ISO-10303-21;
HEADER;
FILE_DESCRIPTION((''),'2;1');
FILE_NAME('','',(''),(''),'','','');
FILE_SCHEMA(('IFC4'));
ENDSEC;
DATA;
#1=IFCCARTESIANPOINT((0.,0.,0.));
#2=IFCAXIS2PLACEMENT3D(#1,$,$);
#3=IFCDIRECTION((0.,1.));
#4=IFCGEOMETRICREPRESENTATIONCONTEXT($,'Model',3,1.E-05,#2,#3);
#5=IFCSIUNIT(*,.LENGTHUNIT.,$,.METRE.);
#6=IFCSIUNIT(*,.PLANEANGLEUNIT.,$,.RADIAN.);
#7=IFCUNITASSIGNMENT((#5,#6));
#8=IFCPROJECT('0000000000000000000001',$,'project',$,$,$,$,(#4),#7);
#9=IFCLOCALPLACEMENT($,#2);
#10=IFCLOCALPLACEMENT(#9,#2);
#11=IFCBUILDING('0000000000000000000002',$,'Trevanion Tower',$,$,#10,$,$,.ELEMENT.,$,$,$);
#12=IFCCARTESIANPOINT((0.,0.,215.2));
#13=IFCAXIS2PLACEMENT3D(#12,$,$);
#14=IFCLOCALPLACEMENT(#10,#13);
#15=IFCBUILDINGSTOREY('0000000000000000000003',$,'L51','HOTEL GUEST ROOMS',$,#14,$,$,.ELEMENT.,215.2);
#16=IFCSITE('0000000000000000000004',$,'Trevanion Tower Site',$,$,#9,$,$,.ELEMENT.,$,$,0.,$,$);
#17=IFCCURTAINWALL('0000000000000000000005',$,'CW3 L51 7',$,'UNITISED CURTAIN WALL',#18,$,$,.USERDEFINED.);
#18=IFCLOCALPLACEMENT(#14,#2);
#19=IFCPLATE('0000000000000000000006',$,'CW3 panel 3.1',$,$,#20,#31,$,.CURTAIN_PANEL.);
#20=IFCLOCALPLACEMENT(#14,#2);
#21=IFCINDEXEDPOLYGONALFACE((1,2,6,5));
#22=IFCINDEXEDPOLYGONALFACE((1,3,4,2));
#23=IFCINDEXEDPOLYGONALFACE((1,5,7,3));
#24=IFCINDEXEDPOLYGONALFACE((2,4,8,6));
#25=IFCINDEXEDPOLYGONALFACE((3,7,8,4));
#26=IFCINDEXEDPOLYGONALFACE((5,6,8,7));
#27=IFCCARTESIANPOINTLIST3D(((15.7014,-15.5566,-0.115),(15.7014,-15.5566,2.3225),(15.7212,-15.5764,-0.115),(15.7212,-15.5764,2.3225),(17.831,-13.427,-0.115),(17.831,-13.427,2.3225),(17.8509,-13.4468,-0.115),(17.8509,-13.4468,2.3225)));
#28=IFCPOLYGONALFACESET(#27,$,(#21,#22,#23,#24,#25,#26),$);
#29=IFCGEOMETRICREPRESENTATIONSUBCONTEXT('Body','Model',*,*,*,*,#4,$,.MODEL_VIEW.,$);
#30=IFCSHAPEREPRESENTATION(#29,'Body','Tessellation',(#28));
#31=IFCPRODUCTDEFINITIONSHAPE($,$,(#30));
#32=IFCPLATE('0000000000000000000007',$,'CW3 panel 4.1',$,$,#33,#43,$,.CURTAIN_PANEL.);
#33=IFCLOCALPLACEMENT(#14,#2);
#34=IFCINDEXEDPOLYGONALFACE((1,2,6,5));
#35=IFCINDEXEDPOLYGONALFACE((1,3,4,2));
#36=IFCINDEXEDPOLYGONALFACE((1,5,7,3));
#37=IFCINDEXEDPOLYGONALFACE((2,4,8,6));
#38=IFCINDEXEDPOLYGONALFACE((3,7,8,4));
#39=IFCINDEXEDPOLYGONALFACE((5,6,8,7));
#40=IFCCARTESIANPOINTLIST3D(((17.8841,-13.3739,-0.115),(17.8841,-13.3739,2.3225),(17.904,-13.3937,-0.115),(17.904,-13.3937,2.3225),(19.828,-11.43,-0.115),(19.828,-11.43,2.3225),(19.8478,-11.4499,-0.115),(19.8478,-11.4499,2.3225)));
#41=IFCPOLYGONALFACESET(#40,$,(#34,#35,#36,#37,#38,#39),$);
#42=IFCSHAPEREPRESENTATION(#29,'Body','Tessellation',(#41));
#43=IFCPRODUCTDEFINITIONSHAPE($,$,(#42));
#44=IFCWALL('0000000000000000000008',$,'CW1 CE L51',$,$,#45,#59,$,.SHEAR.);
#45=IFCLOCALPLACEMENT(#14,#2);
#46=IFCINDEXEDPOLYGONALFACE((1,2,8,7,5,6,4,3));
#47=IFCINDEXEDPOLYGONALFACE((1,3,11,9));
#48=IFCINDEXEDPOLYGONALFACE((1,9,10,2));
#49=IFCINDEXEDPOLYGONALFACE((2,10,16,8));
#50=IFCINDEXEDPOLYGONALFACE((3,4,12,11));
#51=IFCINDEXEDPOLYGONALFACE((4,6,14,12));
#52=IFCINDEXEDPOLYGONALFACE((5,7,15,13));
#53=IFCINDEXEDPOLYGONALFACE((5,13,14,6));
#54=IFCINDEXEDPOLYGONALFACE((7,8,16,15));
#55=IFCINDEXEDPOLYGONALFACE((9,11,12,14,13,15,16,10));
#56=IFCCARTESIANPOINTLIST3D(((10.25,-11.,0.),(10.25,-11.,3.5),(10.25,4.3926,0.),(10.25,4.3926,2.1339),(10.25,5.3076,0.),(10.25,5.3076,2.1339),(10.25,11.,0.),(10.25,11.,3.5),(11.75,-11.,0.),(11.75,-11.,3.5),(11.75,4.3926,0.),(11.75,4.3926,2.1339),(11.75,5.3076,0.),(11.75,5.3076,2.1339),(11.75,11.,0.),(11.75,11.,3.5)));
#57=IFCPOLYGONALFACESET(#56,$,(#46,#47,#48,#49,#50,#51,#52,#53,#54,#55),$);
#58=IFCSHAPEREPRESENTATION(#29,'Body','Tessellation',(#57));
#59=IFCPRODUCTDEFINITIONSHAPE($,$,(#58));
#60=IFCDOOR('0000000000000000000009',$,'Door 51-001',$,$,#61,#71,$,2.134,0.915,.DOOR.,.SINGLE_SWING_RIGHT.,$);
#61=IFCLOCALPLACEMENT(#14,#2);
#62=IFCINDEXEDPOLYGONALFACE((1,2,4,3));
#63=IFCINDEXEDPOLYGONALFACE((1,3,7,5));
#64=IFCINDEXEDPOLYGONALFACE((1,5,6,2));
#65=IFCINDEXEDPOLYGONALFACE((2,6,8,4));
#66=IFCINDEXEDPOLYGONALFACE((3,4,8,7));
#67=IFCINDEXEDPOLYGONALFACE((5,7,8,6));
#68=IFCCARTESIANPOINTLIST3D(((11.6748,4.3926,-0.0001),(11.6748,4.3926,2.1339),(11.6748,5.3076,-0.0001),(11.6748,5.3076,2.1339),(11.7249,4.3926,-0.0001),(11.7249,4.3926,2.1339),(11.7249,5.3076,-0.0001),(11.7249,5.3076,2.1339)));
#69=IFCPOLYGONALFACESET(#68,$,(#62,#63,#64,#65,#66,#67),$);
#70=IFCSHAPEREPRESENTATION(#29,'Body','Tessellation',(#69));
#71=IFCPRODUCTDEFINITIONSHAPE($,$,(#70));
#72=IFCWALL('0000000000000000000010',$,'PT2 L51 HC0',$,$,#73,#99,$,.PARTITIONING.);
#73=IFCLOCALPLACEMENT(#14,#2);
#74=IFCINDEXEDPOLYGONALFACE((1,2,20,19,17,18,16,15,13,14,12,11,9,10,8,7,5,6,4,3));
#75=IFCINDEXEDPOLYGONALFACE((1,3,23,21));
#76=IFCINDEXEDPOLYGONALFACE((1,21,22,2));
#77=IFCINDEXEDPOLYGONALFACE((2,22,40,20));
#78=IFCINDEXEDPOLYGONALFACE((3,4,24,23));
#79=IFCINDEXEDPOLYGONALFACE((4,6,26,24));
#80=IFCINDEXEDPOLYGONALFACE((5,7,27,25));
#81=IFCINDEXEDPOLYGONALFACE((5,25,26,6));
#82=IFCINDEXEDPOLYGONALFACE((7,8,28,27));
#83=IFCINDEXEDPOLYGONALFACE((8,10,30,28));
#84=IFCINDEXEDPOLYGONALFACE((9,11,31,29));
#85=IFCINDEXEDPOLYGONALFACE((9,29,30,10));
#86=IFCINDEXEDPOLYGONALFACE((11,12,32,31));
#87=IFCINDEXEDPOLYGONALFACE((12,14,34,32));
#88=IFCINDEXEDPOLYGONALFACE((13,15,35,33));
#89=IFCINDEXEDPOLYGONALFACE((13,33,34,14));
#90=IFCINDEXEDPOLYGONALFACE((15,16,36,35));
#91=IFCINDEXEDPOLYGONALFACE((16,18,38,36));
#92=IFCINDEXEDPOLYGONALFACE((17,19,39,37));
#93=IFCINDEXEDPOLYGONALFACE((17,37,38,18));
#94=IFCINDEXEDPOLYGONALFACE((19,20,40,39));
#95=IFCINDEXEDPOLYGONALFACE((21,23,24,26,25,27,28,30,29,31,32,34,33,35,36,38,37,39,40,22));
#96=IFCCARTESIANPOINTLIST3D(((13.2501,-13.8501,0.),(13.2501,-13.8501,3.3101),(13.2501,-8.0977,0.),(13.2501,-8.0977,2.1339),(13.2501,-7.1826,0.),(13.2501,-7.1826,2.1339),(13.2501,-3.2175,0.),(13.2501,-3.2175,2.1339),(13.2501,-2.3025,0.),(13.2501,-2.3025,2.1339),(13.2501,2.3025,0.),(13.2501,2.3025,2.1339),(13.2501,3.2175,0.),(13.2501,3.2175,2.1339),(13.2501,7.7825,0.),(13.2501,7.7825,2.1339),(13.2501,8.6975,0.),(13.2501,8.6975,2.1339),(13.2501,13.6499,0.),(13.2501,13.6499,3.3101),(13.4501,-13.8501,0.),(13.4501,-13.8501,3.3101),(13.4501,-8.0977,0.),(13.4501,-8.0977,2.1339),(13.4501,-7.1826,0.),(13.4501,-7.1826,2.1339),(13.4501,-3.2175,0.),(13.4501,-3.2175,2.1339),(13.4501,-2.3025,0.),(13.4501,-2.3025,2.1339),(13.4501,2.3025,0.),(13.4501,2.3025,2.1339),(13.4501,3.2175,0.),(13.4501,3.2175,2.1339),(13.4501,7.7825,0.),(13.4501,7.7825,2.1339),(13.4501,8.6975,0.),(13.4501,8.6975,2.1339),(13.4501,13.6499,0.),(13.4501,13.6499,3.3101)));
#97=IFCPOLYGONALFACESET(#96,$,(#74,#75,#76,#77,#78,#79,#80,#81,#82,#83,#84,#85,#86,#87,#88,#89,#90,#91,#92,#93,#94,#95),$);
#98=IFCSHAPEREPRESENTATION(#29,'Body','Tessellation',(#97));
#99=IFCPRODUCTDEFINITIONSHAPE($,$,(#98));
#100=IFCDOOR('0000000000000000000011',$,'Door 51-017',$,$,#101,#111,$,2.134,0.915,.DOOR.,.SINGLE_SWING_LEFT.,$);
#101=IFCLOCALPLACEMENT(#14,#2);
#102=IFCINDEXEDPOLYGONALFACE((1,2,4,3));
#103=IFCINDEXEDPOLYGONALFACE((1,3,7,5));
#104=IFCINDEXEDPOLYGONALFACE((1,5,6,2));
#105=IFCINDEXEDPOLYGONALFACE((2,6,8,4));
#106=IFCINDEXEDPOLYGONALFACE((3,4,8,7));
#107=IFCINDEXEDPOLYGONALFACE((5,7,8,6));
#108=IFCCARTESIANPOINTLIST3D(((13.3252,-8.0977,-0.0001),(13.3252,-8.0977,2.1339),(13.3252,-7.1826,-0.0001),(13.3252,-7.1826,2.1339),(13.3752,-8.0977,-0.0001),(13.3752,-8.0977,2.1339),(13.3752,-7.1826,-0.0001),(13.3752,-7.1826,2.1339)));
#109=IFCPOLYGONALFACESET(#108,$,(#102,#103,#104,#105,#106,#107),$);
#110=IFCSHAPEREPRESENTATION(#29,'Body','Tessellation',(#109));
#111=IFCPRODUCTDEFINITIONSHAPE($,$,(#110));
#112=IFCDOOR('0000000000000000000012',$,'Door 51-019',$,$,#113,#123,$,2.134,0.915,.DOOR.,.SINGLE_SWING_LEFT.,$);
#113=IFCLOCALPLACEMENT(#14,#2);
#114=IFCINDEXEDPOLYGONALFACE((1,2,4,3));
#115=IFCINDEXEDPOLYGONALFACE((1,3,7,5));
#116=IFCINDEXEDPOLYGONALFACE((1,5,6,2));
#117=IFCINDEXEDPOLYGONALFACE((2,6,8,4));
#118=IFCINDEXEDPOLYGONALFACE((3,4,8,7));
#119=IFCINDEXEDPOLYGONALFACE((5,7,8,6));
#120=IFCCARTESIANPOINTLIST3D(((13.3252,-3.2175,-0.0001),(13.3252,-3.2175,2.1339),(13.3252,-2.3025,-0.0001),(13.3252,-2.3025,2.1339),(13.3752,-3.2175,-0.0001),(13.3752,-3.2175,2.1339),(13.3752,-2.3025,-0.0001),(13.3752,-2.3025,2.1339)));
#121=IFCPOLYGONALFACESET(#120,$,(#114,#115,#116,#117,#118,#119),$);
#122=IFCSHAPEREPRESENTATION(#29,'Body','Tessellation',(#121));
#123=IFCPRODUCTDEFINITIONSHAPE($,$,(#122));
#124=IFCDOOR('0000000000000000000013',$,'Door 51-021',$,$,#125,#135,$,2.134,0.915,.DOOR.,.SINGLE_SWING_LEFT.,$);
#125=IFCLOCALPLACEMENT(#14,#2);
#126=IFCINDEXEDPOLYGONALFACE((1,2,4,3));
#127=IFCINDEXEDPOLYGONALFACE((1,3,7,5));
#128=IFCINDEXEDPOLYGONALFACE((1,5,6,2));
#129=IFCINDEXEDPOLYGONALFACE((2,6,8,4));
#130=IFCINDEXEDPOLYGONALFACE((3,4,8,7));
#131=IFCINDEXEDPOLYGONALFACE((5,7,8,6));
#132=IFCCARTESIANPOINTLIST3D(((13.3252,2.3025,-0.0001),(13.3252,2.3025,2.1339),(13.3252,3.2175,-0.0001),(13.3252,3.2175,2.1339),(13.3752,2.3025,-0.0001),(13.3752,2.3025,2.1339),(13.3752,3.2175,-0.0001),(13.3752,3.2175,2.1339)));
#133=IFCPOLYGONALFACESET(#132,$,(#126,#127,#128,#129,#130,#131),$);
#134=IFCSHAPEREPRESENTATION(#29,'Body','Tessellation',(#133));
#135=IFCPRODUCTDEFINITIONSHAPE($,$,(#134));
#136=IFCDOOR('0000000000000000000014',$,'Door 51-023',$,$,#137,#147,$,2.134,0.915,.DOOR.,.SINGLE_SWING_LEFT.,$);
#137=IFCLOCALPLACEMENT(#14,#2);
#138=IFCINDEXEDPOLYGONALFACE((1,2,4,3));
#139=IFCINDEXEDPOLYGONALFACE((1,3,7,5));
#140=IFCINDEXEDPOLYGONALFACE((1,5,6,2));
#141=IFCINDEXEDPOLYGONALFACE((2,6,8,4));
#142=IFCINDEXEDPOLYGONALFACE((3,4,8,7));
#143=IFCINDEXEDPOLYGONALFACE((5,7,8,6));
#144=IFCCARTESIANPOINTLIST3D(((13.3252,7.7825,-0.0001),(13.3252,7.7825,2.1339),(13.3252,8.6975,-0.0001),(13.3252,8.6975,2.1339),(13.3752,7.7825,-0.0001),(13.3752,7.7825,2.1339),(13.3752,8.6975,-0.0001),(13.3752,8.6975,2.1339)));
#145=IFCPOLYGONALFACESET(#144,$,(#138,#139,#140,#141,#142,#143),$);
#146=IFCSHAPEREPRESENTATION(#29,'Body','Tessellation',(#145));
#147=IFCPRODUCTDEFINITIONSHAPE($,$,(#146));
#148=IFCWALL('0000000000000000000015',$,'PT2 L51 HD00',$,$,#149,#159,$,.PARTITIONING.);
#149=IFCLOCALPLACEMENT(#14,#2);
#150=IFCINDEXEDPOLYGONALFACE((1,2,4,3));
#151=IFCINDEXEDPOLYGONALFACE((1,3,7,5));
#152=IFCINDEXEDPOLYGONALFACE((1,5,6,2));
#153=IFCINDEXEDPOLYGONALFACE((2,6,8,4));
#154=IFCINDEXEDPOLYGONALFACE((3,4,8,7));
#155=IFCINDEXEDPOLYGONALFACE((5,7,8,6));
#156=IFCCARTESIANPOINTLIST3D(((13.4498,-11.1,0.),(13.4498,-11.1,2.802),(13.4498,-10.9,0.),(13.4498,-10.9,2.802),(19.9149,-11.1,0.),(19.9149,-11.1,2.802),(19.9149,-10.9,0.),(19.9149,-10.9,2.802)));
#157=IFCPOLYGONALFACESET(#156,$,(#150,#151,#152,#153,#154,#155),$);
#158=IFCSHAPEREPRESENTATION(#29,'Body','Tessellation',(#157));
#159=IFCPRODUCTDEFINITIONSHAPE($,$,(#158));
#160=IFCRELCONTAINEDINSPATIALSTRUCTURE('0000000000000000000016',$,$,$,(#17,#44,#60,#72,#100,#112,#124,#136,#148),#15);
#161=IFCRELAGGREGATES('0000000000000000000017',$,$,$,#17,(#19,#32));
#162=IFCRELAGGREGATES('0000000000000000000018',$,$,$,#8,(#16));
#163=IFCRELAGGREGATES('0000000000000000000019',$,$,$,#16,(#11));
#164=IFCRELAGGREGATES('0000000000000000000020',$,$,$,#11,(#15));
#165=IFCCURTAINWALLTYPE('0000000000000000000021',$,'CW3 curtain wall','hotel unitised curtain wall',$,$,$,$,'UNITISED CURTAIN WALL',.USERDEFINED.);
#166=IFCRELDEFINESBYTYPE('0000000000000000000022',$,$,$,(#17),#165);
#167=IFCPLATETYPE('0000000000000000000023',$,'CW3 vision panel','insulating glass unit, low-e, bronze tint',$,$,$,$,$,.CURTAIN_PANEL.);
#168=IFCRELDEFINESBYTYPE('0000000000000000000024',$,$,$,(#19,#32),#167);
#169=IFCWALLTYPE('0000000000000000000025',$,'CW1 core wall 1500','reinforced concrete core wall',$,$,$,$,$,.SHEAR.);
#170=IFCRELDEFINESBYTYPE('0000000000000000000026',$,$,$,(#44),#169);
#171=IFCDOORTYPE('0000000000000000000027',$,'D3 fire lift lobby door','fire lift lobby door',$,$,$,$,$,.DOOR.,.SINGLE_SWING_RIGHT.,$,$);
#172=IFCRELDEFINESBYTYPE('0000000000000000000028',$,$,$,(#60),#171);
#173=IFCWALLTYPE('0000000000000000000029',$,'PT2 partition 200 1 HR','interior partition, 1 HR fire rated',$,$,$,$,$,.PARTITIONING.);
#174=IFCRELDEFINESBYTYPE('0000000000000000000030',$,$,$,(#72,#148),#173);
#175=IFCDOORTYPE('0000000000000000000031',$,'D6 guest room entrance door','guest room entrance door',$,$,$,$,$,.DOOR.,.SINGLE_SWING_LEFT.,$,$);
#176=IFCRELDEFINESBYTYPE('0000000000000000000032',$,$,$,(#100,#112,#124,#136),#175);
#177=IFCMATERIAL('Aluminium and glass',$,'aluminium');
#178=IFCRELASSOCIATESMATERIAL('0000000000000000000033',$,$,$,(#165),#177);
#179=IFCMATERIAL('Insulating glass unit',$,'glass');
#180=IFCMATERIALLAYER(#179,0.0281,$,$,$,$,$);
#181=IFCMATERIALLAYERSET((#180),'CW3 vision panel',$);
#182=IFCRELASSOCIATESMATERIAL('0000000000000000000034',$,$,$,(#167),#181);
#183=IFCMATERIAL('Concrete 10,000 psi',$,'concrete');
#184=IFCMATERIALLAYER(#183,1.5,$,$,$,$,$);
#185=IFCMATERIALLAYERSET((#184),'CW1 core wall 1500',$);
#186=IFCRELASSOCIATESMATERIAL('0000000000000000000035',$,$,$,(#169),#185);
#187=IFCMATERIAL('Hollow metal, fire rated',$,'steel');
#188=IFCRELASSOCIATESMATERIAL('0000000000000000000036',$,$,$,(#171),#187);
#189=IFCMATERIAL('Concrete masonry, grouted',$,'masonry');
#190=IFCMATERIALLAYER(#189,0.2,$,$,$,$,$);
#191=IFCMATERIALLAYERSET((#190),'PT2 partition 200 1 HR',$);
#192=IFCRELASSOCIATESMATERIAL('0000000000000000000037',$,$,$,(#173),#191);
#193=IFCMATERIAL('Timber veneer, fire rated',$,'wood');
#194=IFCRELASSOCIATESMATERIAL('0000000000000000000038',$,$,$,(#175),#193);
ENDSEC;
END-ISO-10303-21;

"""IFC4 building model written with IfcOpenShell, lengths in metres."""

from ifc_helpers import new_model, si_unit, direction, frame, frame_2d, origin, origin_2d, place, context, subcontext, project, spatial, rectangle, extrude, material, layer, layer_set, type_object, element, fill, aggregate, save


model = new_model("IFC4")

# Units and contexts
model_context = context("Model", 3, precision=1e-05, world=origin(), true_north=direction((0.0, 1.0)))
body_context = subcontext(model_context, "Body", "Model", "MODEL_VIEW")
ifc_project = project(units=[si_unit("LENGTHUNIT", "METRE"), si_unit("PLANEANGLEUNIT", "RADIAN")], contexts=[model_context])

# Site, building, storey
site_placement = place(None, origin())
site = spatial("IfcSite", under=ifc_project, at=site_placement, Name="Trevanion Tower Site", CompositionType="ELEMENT", RefElevation=0.0)
building_placement = place(site_placement, origin())
building = spatial("IfcBuilding", under=site, at=building_placement, Name="Trevanion Tower", CompositionType="ELEMENT")
storey_placement = place(building_placement, frame((0.0, 0.0, 215.2)))
storey = spatial("IfcBuildingStorey", under=building, at=storey_placement, Name="L51", Description="HOTEL GUEST ROOMS", CompositionType="ELEMENT", Elevation=215.2)

# Curtain wall
ifc_material_1 = material(Name="Aluminium and glass", Category="aluminium")
curtain_wall_type = type_object("IfcCurtainWallType", Name="CW3 curtain wall", Description="hotel unitised curtain wall", ElementType="UNITISED CURTAIN WALL", PredefinedType="USERDEFINED", material=ifc_material_1)
curtain_wall_1_placement = place(storey_placement, origin())
curtain_wall_1 = element("IfcCurtainWall", 1, at=curtain_wall_1_placement, inside=storey, type_object=curtain_wall_type, Name="CW3 L51 7", ObjectType="UNITISED CURTAIN WALL", PredefinedType="USERDEFINED")

# Plates
ifc_material_2 = material(Name="Insulating glass unit", Category="glass")
ifc_layer_1 = layer(ifc_material_2, 0.0281)
ifc_layer_set_1 = layer_set([ifc_layer_1], Name="CW3 vision panel")
plate_type_1 = type_object("IfcPlateType", Name="CW3 vision panel", Description="insulating glass unit, low-e, bronze tint", PredefinedType="CURTAIN_PANEL", material=ifc_layer_set_1)
plate_1_placement = place(storey_placement, frame((16.7761, -14.5017, -0.115), z_axis=(0.0, 0.0, 1.0), x_axis=(0.707107, 0.707107, 0.0)))
plate_1 = element("IfcPlate", 2, at=plate_1_placement, type_object=plate_type_1, Name="CW3 panel 3.1", PredefinedType="CURTAIN_PANEL", context=body_context, shape_type="SweptSolid", body=[
    extrude(rectangle(XDim=3.0117, YDim=0.0281, at=origin_2d()), origin(), (0.0, 0.0, 1.0), 2.4375),
])
plate_2_placement = place(storey_placement, frame((18.866, -12.4119, -0.115), z_axis=(0.0, 0.0, 1.0), x_axis=(0.707107, 0.707107, 0.0)))
plate_2 = element("IfcPlate", 3, at=plate_2_placement, type_object=plate_type_1, Name="CW3 panel 4.1", PredefinedType="CURTAIN_PANEL", context=body_context, shape_type="SweptSolid", body=[
    extrude(rectangle(XDim=2.749, YDim=0.0281, at=origin_2d()), origin(), (0.0, 0.0, 1.0), 2.4375),
])
aggregate(curtain_wall_1, [plate_1, plate_2])

# Wall, opening, door
ifc_material_3 = material(Name="Concrete 10,000 psi", Category="concrete")
ifc_layer_2 = layer(ifc_material_3, 1.5)
ifc_layer_set_2 = layer_set([ifc_layer_2], Name="CW1 core wall 1500")
wall_type_1 = type_object("IfcWallType", Name="CW1 core wall 1500", Description="reinforced concrete core wall", PredefinedType="SHEAR", material=ifc_layer_set_2)
wall_1_placement = place(storey_placement, frame((11.0, -11.0, 0.0), z_axis=(0.0, 0.0, 1.0), x_axis=(0.0, 1.0, 0.0)))
wall_1 = element("IfcWall", 4, at=wall_1_placement, inside=storey, type_object=wall_type_1, Name="CW1 CE L51", PredefinedType="SHEAR", context=body_context, shape_type="SweptSolid", body=[
    extrude(rectangle(XDim=22.0, YDim=1.5, at=frame_2d((11.0, 0.0))), origin(), (0.0, 0.0, 1.0), 3.5),
])
opening_1_placement = place(wall_1_placement, frame((15.3926, 0.0, 0.0)))
opening_1 = element("IfcOpeningElement", 5, at=opening_1_placement, cuts=wall_1, PredefinedType="OPENING", context=body_context, shape_type="SweptSolid", body=[
    extrude(rectangle(XDim=0.915, YDim=2.134, at=frame_2d((0.4575, 1.0669))), frame((0.0, 0.76, 0.0), z_axis=(0.0, -1.0, 0.0), x_axis=(1.0, 0.0, 0.0)), (0.0, 0.0, 1.0), 1.52),
])
ifc_material_4 = material(Name="Hollow metal, fire rated", Category="steel")
door_type_1 = type_object("IfcDoorType", Name="D3 fire lift lobby door", Description="fire lift lobby door", OperationType="SINGLE_SWING_RIGHT", PredefinedType="DOOR", material=ifc_material_4)
door_1_placement = place(opening_1_placement, origin())
door_1 = element("IfcDoor", 6, at=door_1_placement, inside=storey, type_object=door_type_1, Name="Door 51-001", OperationType="SINGLE_SWING_RIGHT", OverallHeight=2.134, OverallWidth=0.915, PredefinedType="DOOR", context=body_context, shape_type="SweptSolid", body=[
    extrude(rectangle(XDim=0.915, YDim=2.134, at=frame_2d((0.4575, 1.0669))), frame((0.0, -0.6748, 0.0), z_axis=(0.0, -1.0, 0.0), x_axis=(1.0, 0.0, 0.0)), (0.0, 0.0, 1.0), 0.05),
])
fill(opening_1, door_1)

# Wall, openings, doors
ifc_material_5 = material(Name="Concrete masonry, grouted", Category="masonry")
ifc_layer_3 = layer(ifc_material_5, 0.2)
ifc_layer_set_3 = layer_set([ifc_layer_3], Name="PT2 partition 200 1 HR")
wall_type_2 = type_object("IfcWallType", Name="PT2 partition 200 1 HR", Description="interior partition, 1 HR fire rated", PredefinedType="PARTITIONING", material=ifc_layer_set_3)
wall_2_placement = place(storey_placement, frame((13.3501, -13.8501, 0.0), z_axis=(0.0, 0.0, 1.0), x_axis=(0.0, 1.0, 0.0)))
wall_2 = element("IfcWall", 7, at=wall_2_placement, inside=storey, type_object=wall_type_2, Name="PT2 L51 HC0", PredefinedType="PARTITIONING", context=body_context, shape_type="SweptSolid", body=[
    extrude(rectangle(XDim=27.5, YDim=0.2, at=frame_2d((13.75, 0.0))), origin(), (0.0, 0.0, 1.0), 3.3101),
])
opening_2_placement = place(wall_2_placement, frame((5.7524, 0.0, 0.0)))
opening_2 = element("IfcOpeningElement", 8, at=opening_2_placement, cuts=wall_2, PredefinedType="OPENING", context=body_context, shape_type="SweptSolid", body=[
    extrude(rectangle(XDim=0.915, YDim=2.134, at=frame_2d((0.4575, 1.0669))), frame((0.0, 0.1099, 0.0), z_axis=(0.0, -1.0, 0.0), x_axis=(1.0, 0.0, 0.0)), (0.0, 0.0, 1.0), 0.22),
])
opening_3_placement = place(wall_2_placement, frame((10.6326, 0.0, 0.0)))
opening_3 = element("IfcOpeningElement", 9, at=opening_3_placement, cuts=wall_2, PredefinedType="OPENING", context=body_context, shape_type="SweptSolid", body=[
    extrude(rectangle(XDim=0.915, YDim=2.134, at=frame_2d((0.4575, 1.0669))), frame((0.0, 0.1099, 0.0), z_axis=(0.0, -1.0, 0.0), x_axis=(1.0, 0.0, 0.0)), (0.0, 0.0, 1.0), 0.22),
])
opening_4_placement = place(wall_2_placement, frame((16.1526, 0.0, 0.0)))
opening_4 = element("IfcOpeningElement", 10, at=opening_4_placement, cuts=wall_2, PredefinedType="OPENING", context=body_context, shape_type="SweptSolid", body=[
    extrude(rectangle(XDim=0.915, YDim=2.134, at=frame_2d((0.4575, 1.0669))), frame((0.0, 0.1099, 0.0), z_axis=(0.0, -1.0, 0.0), x_axis=(1.0, 0.0, 0.0)), (0.0, 0.0, 1.0), 0.22),
])
opening_5_placement = place(wall_2_placement, frame((21.6326, 0.0, 0.0)))
opening_5 = element("IfcOpeningElement", 11, at=opening_5_placement, cuts=wall_2, PredefinedType="OPENING", context=body_context, shape_type="SweptSolid", body=[
    extrude(rectangle(XDim=0.915, YDim=2.134, at=frame_2d((0.4575, 1.0669))), frame((0.0, 0.1099, 0.0), z_axis=(0.0, -1.0, 0.0), x_axis=(1.0, 0.0, 0.0)), (0.0, 0.0, 1.0), 0.22),
])
ifc_material_6 = material(Name="Timber veneer, fire rated", Category="wood")
door_type_2 = type_object("IfcDoorType", Name="D6 guest room entrance door", Description="guest room entrance door", OperationType="SINGLE_SWING_LEFT", PredefinedType="DOOR", material=ifc_material_6)
door_2_placement = place(opening_2_placement, origin())
door_2 = element("IfcDoor", 12, at=door_2_placement, inside=storey, type_object=door_type_2, Name="Door 51-017", OperationType="SINGLE_SWING_LEFT", OverallHeight=2.134, OverallWidth=0.915, PredefinedType="DOOR", context=body_context, shape_type="SweptSolid", body=[
    extrude(rectangle(XDim=0.915, YDim=2.134, at=frame_2d((0.4575, 1.0669))), frame((0.0, 0.0249, 0.0), z_axis=(0.0, -1.0, 0.0), x_axis=(1.0, 0.0, 0.0)), (0.0, 0.0, 1.0), 0.05),
])
fill(opening_2, door_2)
door_3_placement = place(opening_3_placement, origin())
door_3 = element("IfcDoor", 13, at=door_3_placement, inside=storey, type_object=door_type_2, Name="Door 51-019", OperationType="SINGLE_SWING_LEFT", OverallHeight=2.134, OverallWidth=0.915, PredefinedType="DOOR", context=body_context, shape_type="SweptSolid", body=[
    extrude(rectangle(XDim=0.915, YDim=2.134, at=frame_2d((0.4575, 1.0669))), frame((0.0, 0.0249, 0.0), z_axis=(0.0, -1.0, 0.0), x_axis=(1.0, 0.0, 0.0)), (0.0, 0.0, 1.0), 0.05),
])
fill(opening_3, door_3)
door_4_placement = place(opening_4_placement, origin())
door_4 = element("IfcDoor", 14, at=door_4_placement, inside=storey, type_object=door_type_2, Name="Door 51-021", OperationType="SINGLE_SWING_LEFT", OverallHeight=2.134, OverallWidth=0.915, PredefinedType="DOOR", context=body_context, shape_type="SweptSolid", body=[
    extrude(rectangle(XDim=0.915, YDim=2.134, at=frame_2d((0.4575, 1.0669))), frame((0.0, 0.0249, 0.0), z_axis=(0.0, -1.0, 0.0), x_axis=(1.0, 0.0, 0.0)), (0.0, 0.0, 1.0), 0.05),
])
fill(opening_4, door_4)
door_5_placement = place(opening_5_placement, origin())
door_5 = element("IfcDoor", 15, at=door_5_placement, inside=storey, type_object=door_type_2, Name="Door 51-023", OperationType="SINGLE_SWING_LEFT", OverallHeight=2.134, OverallWidth=0.915, PredefinedType="DOOR", context=body_context, shape_type="SweptSolid", body=[
    extrude(rectangle(XDim=0.915, YDim=2.134, at=frame_2d((0.4575, 1.0669))), frame((0.0, 0.0249, 0.0), z_axis=(0.0, -1.0, 0.0), x_axis=(1.0, 0.0, 0.0)), (0.0, 0.0, 1.0), 0.05),
])
fill(opening_5, door_5)

# Wall
wall_3_placement = place(storey_placement, frame((13.45, -11.0, 0.0), z_axis=(0.0, 0.0, 1.0), x_axis=(1.0, 0.0, 0.0)))
element("IfcWall", 16, at=wall_3_placement, inside=storey, type_object=wall_type_2, Name="PT2 L51 HD00", PredefinedType="PARTITIONING", context=body_context, shape_type="SweptSolid", body=[
    extrude(rectangle(XDim=6.4651, YDim=0.2, at=frame_2d((3.2324, 0.0))), origin(), (0.0, 0.0, 1.0), 2.802),
])

save(model, "model.ifc")
